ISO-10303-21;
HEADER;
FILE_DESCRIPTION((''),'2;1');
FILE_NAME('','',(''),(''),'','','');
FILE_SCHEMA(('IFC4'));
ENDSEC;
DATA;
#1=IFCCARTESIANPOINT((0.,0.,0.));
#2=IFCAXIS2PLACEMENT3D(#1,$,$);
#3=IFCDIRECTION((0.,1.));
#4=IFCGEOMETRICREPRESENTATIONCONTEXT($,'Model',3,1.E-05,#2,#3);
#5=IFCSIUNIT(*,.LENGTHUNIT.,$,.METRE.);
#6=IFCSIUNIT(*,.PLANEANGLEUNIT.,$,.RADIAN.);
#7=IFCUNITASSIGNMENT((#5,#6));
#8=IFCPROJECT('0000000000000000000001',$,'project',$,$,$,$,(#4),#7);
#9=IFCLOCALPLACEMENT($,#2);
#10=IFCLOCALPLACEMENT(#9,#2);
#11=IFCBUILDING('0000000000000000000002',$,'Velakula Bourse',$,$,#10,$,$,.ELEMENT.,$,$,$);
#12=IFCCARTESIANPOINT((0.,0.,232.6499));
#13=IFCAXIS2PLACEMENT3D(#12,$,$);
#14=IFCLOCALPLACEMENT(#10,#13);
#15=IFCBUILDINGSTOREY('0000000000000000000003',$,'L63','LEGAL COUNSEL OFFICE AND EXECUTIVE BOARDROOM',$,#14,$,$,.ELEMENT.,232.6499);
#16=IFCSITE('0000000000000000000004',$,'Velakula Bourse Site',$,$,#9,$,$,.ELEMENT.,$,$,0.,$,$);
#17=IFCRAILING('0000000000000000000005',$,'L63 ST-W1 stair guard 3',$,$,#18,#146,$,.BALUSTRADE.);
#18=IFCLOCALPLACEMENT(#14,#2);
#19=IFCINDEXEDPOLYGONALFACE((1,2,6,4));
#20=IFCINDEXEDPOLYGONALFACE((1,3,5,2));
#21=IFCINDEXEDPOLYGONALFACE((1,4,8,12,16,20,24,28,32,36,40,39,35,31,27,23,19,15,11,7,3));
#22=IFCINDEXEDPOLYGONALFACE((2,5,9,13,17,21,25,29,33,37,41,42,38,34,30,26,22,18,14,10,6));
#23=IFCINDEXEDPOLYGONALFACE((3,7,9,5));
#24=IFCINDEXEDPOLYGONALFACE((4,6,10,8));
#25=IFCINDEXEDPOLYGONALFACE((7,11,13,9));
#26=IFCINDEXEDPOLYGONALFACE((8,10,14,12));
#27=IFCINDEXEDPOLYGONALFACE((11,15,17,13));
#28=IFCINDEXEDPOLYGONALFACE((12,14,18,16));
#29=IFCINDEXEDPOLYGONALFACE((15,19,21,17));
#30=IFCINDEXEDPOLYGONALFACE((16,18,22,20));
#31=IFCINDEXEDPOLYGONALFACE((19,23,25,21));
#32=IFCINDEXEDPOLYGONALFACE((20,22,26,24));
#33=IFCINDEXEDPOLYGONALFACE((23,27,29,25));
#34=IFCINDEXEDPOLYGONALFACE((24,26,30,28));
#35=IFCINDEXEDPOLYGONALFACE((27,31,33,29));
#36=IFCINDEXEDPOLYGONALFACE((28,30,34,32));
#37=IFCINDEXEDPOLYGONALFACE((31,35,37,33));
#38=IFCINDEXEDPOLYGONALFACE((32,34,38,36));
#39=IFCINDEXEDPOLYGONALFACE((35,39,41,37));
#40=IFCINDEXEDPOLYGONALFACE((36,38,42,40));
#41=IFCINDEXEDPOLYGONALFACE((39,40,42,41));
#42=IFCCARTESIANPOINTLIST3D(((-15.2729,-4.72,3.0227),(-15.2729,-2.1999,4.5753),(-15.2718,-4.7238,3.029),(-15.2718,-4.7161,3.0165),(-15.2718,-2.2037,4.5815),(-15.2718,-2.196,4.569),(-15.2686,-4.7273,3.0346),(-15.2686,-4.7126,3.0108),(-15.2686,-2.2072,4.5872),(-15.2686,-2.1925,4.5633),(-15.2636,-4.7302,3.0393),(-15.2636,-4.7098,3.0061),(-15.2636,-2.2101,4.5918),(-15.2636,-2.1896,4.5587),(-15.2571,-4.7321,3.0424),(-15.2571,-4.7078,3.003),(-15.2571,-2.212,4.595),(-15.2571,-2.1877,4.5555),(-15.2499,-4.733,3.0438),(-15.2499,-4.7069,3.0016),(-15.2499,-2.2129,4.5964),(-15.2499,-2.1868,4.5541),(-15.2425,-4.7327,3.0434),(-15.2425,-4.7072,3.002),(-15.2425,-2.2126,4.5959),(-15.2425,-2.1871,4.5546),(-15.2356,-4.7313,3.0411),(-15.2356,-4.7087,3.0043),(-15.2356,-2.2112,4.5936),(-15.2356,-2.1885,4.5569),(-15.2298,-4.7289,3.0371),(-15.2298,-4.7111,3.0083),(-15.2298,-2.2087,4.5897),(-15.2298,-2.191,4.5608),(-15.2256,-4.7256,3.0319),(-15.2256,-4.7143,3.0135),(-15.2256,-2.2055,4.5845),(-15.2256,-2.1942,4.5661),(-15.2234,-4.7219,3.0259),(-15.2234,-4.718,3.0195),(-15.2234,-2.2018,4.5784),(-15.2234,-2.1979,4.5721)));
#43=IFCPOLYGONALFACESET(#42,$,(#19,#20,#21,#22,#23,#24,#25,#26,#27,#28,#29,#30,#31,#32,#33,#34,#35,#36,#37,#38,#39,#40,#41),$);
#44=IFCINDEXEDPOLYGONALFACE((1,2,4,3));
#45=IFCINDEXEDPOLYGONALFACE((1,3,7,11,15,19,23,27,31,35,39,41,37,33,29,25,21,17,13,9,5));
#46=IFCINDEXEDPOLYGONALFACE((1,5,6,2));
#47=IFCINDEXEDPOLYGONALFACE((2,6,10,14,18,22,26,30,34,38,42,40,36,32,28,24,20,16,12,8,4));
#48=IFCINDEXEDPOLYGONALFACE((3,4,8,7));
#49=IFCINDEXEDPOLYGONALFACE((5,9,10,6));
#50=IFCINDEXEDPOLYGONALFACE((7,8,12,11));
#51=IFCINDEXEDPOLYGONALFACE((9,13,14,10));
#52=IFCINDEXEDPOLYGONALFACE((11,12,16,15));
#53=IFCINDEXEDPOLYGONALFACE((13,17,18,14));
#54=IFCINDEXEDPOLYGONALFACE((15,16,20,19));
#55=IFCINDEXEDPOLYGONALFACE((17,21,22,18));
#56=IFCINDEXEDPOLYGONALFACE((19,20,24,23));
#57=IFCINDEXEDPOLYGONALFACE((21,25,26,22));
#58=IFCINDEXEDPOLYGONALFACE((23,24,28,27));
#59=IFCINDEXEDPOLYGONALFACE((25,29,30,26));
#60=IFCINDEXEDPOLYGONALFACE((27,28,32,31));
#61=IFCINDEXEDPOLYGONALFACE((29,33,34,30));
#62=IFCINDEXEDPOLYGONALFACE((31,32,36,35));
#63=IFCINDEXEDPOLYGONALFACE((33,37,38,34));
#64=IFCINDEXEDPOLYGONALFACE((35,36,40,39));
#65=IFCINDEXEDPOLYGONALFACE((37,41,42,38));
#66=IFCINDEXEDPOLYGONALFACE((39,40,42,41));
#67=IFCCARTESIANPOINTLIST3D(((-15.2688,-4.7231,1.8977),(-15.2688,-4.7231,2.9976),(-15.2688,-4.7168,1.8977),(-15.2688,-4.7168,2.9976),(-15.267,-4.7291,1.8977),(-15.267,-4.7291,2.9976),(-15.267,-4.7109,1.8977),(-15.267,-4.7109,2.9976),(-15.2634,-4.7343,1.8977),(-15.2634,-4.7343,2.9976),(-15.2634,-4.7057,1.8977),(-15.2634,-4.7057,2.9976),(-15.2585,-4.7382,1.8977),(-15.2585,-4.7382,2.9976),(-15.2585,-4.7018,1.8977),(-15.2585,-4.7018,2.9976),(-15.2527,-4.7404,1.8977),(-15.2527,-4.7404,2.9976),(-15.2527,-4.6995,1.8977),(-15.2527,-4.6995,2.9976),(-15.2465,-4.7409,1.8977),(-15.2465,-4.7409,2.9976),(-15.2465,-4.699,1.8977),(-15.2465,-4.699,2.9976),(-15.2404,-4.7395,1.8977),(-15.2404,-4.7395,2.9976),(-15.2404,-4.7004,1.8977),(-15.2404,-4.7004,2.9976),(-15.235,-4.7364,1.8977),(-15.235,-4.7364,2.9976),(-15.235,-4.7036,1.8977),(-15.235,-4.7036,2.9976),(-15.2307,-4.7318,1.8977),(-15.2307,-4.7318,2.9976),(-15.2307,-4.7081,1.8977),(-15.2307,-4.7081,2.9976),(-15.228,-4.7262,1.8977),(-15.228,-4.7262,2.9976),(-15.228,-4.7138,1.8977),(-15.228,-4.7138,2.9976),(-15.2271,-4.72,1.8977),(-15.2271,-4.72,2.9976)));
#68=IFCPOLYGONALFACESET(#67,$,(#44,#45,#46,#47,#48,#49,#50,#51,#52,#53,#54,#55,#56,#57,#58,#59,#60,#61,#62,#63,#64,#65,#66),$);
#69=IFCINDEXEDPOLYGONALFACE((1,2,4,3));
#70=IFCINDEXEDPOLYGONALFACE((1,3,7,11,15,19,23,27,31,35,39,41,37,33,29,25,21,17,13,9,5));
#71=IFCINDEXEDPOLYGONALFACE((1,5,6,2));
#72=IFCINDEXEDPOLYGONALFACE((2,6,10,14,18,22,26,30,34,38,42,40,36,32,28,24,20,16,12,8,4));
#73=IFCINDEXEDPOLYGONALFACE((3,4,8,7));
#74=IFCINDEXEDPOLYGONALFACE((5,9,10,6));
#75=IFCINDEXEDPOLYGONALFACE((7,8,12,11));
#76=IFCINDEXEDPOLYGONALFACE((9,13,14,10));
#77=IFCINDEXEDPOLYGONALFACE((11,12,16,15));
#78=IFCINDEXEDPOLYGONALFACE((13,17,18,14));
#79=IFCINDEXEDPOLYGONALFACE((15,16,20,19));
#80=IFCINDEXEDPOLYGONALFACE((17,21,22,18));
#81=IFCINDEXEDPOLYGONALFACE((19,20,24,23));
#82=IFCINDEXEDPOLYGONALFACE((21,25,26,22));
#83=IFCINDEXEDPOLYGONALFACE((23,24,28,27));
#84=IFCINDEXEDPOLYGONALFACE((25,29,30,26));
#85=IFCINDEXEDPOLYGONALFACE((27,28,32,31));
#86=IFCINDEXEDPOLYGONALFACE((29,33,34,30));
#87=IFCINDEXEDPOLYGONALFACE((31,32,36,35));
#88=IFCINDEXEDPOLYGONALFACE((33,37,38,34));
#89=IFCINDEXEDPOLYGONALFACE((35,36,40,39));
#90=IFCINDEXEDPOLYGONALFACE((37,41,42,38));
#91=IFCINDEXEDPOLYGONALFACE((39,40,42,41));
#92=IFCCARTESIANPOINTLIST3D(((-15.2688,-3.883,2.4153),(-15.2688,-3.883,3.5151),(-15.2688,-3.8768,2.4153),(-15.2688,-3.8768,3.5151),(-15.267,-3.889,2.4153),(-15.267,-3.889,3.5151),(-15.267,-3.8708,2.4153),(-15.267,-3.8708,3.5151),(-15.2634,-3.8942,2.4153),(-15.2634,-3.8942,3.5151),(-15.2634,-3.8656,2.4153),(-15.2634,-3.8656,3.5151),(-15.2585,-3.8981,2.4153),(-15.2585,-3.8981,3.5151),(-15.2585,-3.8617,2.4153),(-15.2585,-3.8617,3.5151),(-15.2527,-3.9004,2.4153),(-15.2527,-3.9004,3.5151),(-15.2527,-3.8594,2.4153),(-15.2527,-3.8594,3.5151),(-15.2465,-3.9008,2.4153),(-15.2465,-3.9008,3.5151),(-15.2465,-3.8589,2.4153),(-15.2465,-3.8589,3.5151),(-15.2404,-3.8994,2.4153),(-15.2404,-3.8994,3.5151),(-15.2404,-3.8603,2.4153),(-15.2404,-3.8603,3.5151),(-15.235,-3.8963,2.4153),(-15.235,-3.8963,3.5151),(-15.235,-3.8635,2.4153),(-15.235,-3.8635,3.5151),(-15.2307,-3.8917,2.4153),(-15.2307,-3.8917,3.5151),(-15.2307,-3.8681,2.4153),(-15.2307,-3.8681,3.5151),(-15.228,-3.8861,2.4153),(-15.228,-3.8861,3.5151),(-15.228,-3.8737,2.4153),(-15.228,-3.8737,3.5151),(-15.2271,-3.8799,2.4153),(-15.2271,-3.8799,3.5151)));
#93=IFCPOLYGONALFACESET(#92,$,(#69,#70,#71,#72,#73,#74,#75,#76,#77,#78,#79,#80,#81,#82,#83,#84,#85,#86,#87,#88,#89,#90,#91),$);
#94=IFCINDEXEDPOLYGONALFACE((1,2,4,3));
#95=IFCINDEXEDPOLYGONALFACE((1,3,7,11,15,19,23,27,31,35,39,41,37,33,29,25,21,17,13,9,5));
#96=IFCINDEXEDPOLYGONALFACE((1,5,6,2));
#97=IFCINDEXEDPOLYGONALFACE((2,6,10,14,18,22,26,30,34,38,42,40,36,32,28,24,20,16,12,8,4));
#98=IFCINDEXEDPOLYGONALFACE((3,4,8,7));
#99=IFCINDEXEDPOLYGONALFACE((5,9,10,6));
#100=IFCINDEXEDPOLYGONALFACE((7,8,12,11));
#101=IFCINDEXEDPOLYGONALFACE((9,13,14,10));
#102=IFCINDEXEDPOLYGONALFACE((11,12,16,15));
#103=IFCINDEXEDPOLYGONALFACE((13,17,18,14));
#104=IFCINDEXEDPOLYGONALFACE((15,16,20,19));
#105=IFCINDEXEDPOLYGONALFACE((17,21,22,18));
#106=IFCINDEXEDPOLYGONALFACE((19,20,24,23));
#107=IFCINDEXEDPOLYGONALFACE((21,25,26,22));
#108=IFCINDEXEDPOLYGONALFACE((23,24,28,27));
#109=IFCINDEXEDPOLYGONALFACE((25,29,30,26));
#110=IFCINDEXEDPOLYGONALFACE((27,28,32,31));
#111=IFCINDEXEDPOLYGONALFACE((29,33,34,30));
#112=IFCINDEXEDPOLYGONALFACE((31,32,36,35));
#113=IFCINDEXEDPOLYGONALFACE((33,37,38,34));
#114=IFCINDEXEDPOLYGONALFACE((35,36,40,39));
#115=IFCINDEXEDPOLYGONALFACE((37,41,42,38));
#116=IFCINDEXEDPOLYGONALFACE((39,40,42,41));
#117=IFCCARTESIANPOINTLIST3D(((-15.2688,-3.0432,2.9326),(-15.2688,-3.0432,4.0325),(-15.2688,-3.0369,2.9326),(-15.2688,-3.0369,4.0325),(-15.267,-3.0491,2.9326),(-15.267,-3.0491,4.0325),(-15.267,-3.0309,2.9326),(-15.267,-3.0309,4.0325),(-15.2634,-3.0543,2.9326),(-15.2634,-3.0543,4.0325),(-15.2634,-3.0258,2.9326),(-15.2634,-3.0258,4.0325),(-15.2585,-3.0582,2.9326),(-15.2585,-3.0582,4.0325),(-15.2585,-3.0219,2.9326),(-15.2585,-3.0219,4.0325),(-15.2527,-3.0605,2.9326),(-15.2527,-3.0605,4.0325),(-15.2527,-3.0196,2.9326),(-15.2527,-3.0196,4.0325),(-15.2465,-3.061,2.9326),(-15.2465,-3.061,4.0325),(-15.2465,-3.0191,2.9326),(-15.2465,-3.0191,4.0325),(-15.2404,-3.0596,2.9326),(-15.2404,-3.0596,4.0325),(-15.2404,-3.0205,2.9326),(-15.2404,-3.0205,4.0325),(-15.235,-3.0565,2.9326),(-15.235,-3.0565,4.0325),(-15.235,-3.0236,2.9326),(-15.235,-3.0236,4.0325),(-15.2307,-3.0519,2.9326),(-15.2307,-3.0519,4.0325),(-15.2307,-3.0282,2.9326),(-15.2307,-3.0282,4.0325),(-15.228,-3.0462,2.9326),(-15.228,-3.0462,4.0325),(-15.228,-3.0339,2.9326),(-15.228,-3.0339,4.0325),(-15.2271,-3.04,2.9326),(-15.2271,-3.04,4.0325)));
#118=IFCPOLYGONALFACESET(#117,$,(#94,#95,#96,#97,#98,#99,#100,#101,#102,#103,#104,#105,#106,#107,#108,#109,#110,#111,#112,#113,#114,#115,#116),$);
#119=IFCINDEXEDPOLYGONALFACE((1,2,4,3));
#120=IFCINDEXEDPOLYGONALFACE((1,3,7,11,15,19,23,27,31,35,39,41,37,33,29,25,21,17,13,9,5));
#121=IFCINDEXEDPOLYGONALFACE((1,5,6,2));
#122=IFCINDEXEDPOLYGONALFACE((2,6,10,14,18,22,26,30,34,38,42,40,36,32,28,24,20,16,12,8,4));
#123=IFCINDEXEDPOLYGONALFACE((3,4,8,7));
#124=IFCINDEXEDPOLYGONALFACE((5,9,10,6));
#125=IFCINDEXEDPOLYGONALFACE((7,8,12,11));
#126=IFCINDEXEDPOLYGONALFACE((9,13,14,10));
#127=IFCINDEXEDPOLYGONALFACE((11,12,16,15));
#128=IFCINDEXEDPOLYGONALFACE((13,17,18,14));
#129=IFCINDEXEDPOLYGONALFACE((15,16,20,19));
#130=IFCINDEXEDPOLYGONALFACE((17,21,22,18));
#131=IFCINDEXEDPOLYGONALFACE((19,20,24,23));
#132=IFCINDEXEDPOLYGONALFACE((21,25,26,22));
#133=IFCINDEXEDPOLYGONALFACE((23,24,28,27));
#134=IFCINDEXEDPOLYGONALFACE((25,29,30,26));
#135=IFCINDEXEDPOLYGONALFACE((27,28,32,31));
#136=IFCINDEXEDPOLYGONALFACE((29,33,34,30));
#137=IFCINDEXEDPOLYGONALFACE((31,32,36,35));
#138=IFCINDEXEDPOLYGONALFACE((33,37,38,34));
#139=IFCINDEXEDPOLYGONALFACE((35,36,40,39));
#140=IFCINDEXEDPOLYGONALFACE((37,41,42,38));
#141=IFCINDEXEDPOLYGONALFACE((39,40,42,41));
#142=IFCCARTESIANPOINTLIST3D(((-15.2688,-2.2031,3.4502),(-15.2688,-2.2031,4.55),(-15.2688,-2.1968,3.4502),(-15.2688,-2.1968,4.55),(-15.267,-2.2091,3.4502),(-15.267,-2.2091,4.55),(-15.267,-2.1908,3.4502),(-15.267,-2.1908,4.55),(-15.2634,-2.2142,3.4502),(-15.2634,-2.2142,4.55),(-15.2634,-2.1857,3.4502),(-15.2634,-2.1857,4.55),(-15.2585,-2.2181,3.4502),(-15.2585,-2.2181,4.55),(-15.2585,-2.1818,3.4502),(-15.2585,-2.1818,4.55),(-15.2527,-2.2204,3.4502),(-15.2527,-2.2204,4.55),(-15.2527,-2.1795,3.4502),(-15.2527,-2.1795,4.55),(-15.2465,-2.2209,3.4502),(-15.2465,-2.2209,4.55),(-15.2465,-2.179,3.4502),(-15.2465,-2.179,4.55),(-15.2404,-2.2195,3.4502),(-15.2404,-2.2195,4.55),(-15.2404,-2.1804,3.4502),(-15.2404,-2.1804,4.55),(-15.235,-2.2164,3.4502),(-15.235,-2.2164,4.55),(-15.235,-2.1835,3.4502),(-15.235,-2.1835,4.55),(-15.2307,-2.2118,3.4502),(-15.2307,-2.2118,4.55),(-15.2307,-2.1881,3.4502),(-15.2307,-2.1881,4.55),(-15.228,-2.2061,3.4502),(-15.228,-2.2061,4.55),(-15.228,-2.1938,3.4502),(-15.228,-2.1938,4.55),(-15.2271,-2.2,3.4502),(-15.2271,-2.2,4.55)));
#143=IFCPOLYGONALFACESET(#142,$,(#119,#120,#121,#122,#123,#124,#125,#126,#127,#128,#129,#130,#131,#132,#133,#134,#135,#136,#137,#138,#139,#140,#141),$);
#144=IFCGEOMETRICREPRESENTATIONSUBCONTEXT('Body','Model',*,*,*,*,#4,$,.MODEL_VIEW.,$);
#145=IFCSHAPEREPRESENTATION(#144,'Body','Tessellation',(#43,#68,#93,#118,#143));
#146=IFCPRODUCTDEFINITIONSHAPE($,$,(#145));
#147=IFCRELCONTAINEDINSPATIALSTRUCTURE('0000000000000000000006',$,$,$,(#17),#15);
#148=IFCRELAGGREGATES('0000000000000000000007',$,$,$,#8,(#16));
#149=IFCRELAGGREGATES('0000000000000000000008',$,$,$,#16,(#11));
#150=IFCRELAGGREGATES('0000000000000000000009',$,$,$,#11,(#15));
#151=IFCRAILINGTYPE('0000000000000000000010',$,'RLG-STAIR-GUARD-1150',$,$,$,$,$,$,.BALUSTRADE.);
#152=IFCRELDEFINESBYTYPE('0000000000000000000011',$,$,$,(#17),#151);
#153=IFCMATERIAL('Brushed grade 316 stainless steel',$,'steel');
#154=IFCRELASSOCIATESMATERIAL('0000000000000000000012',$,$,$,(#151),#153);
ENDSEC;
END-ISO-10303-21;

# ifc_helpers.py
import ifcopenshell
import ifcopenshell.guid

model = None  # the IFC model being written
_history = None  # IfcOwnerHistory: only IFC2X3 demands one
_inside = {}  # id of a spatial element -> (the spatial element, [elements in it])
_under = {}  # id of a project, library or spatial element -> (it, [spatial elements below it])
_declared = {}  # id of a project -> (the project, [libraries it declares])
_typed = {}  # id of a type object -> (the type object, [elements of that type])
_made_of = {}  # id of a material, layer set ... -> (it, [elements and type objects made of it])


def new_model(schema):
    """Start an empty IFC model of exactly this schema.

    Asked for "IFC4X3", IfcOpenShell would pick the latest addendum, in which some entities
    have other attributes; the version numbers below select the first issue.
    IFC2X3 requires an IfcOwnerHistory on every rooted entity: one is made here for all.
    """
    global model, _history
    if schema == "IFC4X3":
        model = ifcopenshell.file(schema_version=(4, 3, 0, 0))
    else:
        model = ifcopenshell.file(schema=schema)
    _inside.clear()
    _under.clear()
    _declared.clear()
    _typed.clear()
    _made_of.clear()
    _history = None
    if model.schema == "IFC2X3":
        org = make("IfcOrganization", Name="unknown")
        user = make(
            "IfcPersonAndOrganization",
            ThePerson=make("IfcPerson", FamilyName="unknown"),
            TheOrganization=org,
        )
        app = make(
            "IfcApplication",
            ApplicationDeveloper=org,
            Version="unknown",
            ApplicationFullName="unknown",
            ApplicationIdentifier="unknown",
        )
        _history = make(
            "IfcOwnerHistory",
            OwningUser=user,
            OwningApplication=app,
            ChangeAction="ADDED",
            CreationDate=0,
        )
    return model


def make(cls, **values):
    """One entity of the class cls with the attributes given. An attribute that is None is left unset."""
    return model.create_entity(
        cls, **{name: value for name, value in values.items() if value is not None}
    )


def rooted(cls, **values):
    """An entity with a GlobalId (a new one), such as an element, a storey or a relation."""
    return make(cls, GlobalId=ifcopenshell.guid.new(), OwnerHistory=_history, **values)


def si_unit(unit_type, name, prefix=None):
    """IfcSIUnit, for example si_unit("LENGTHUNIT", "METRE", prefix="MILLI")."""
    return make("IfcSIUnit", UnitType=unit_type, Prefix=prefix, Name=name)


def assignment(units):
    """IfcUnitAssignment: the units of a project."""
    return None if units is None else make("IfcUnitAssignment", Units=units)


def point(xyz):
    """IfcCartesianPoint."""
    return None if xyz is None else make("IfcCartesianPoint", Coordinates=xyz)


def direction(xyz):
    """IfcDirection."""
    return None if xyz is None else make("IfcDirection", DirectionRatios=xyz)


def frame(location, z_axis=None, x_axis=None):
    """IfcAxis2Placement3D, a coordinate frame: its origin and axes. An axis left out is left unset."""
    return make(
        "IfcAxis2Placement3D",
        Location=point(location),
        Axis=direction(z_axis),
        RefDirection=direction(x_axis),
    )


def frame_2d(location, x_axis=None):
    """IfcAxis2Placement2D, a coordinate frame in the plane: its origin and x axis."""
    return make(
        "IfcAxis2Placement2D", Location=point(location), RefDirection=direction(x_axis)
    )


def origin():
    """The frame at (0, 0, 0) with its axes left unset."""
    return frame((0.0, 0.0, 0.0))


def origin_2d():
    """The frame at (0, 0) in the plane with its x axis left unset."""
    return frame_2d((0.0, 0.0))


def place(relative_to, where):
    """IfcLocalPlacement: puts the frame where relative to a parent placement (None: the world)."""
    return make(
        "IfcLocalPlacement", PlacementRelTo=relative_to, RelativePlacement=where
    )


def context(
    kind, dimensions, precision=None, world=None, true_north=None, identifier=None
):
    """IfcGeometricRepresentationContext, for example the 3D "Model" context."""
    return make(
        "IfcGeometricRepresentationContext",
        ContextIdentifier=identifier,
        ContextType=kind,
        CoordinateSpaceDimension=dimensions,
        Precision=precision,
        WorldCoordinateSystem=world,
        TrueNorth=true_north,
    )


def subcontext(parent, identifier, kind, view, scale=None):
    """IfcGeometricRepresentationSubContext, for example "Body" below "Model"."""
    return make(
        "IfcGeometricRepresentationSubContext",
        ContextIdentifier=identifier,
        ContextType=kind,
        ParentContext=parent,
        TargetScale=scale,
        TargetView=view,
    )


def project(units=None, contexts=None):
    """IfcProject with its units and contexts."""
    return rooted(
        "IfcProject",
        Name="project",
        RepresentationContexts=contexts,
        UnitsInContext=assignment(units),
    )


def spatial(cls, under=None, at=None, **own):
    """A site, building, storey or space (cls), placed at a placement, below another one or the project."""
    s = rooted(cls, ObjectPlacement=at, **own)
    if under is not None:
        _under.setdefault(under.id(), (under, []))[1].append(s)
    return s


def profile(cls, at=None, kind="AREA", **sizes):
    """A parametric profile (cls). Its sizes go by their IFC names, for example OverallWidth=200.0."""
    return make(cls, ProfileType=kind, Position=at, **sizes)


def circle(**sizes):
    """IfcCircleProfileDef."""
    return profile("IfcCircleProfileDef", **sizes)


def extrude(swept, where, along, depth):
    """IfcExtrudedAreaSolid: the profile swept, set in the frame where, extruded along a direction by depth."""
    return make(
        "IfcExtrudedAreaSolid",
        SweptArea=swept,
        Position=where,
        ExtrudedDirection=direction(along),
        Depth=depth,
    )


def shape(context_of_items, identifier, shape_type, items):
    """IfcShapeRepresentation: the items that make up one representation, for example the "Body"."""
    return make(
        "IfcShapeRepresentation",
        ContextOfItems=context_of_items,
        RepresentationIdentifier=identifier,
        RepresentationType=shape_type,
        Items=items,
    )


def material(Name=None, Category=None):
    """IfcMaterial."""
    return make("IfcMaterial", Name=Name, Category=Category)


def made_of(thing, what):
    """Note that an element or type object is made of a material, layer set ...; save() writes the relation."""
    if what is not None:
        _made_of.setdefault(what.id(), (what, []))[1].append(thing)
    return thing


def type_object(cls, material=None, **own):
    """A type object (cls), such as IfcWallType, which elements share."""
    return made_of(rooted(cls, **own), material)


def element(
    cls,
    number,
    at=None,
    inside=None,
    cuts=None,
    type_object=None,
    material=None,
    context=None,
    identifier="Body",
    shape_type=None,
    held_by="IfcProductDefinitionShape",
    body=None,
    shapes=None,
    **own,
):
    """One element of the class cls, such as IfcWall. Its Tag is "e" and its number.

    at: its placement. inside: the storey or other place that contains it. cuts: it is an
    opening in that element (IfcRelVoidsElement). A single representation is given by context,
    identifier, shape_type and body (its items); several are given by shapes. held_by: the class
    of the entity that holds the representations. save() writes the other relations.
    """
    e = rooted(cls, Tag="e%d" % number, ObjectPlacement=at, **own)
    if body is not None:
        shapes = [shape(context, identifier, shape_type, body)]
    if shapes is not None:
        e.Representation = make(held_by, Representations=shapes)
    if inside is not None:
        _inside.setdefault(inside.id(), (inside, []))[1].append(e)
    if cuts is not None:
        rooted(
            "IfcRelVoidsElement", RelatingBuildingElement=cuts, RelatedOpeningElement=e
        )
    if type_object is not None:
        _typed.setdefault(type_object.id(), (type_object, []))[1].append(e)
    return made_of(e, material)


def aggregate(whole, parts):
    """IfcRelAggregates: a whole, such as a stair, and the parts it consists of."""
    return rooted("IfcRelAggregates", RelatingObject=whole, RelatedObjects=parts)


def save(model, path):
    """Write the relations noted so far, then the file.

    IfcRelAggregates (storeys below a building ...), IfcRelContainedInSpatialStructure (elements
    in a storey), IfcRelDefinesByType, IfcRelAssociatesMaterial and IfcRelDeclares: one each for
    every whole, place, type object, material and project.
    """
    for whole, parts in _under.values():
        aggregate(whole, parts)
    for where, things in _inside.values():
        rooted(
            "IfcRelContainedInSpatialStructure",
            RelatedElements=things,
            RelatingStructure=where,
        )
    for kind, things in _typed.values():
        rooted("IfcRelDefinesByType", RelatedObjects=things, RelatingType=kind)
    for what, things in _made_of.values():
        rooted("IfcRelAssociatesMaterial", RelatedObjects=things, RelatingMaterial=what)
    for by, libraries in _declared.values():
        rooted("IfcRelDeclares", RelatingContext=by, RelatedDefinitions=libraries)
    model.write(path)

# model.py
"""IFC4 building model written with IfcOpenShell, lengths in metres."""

from ifc_helpers import new_model, si_unit, direction, frame, origin, origin_2d, place, context, subcontext, project, spatial, circle, extrude, material, type_object, element, save


model = new_model("IFC4")

# Units and contexts
model_context = context("Model", 3, precision=1e-05, world=origin(), true_north=direction((0.0, 1.0)))
body_context = subcontext(model_context, "Body", "Model", "MODEL_VIEW")
ifc_project = project(units=[si_unit("LENGTHUNIT", "METRE"), si_unit("PLANEANGLEUNIT", "RADIAN")], contexts=[model_context])

# Site, building, storey
site_placement = place(None, origin())
site = spatial("IfcSite", under=ifc_project, at=site_placement, Name="Velakula Bourse Site", CompositionType="ELEMENT", RefElevation=0.0)
building_placement = place(site_placement, origin())
building = spatial("IfcBuilding", under=site, at=building_placement, Name="Velakula Bourse", CompositionType="ELEMENT")
storey_placement = place(building_placement, frame((0.0, 0.0, 232.6499)))
storey = spatial("IfcBuildingStorey", under=building, at=storey_placement, Name="L63", Description="LEGAL COUNSEL OFFICE AND EXECUTIVE BOARDROOM", CompositionType="ELEMENT", Elevation=232.6499)

# Shared definitions
ifc_material_1 = material(Name="Brushed grade 316 stainless steel", Category="steel")

# Railing
railing_type_1 = type_object("IfcRailingType", Name="RLG-STAIR-GUARD-1150", PredefinedType="BALUSTRADE", material=ifc_material_1)
railing_1_placement = place(storey_placement, frame((-15.248, -4.72, 1.8977)))
element("IfcRailing", 1, at=railing_1_placement, inside=storey, type_object=railing_type_1, Name="L63 ST-W1 stair guard 3", PredefinedType="BALUSTRADE", context=body_context, shape_type="SweptSolid", body=[
    extrude(circle(Radius=0.0249, at=origin_2d()), frame((0.0, 0.0, 1.125), z_axis=(0.0, 0.8514, 0.524516), x_axis=(-1.0, 0.0, 0.0)), (0.0, 0.0, 1.0), 2.96),
    extrude(circle(Radius=0.021, at=origin_2d()), origin(), (0.0, 0.0, 1.0), 1.0999),
    extrude(circle(Radius=0.021, at=origin_2d()), frame((0.0, 0.8401, 0.5176)), (0.0, 0.0, 1.0), 1.0999),
    extrude(circle(Radius=0.021, at=origin_2d()), frame((0.0, 1.6799, 1.0349)), (0.0, 0.0, 1.0), 1.0999),
    extrude(circle(Radius=0.021, at=origin_2d()), frame((0.0, 2.52, 1.5525)), (0.0, 0.0, 1.0), 1.0999),
])

save(model, "model.ifc")
